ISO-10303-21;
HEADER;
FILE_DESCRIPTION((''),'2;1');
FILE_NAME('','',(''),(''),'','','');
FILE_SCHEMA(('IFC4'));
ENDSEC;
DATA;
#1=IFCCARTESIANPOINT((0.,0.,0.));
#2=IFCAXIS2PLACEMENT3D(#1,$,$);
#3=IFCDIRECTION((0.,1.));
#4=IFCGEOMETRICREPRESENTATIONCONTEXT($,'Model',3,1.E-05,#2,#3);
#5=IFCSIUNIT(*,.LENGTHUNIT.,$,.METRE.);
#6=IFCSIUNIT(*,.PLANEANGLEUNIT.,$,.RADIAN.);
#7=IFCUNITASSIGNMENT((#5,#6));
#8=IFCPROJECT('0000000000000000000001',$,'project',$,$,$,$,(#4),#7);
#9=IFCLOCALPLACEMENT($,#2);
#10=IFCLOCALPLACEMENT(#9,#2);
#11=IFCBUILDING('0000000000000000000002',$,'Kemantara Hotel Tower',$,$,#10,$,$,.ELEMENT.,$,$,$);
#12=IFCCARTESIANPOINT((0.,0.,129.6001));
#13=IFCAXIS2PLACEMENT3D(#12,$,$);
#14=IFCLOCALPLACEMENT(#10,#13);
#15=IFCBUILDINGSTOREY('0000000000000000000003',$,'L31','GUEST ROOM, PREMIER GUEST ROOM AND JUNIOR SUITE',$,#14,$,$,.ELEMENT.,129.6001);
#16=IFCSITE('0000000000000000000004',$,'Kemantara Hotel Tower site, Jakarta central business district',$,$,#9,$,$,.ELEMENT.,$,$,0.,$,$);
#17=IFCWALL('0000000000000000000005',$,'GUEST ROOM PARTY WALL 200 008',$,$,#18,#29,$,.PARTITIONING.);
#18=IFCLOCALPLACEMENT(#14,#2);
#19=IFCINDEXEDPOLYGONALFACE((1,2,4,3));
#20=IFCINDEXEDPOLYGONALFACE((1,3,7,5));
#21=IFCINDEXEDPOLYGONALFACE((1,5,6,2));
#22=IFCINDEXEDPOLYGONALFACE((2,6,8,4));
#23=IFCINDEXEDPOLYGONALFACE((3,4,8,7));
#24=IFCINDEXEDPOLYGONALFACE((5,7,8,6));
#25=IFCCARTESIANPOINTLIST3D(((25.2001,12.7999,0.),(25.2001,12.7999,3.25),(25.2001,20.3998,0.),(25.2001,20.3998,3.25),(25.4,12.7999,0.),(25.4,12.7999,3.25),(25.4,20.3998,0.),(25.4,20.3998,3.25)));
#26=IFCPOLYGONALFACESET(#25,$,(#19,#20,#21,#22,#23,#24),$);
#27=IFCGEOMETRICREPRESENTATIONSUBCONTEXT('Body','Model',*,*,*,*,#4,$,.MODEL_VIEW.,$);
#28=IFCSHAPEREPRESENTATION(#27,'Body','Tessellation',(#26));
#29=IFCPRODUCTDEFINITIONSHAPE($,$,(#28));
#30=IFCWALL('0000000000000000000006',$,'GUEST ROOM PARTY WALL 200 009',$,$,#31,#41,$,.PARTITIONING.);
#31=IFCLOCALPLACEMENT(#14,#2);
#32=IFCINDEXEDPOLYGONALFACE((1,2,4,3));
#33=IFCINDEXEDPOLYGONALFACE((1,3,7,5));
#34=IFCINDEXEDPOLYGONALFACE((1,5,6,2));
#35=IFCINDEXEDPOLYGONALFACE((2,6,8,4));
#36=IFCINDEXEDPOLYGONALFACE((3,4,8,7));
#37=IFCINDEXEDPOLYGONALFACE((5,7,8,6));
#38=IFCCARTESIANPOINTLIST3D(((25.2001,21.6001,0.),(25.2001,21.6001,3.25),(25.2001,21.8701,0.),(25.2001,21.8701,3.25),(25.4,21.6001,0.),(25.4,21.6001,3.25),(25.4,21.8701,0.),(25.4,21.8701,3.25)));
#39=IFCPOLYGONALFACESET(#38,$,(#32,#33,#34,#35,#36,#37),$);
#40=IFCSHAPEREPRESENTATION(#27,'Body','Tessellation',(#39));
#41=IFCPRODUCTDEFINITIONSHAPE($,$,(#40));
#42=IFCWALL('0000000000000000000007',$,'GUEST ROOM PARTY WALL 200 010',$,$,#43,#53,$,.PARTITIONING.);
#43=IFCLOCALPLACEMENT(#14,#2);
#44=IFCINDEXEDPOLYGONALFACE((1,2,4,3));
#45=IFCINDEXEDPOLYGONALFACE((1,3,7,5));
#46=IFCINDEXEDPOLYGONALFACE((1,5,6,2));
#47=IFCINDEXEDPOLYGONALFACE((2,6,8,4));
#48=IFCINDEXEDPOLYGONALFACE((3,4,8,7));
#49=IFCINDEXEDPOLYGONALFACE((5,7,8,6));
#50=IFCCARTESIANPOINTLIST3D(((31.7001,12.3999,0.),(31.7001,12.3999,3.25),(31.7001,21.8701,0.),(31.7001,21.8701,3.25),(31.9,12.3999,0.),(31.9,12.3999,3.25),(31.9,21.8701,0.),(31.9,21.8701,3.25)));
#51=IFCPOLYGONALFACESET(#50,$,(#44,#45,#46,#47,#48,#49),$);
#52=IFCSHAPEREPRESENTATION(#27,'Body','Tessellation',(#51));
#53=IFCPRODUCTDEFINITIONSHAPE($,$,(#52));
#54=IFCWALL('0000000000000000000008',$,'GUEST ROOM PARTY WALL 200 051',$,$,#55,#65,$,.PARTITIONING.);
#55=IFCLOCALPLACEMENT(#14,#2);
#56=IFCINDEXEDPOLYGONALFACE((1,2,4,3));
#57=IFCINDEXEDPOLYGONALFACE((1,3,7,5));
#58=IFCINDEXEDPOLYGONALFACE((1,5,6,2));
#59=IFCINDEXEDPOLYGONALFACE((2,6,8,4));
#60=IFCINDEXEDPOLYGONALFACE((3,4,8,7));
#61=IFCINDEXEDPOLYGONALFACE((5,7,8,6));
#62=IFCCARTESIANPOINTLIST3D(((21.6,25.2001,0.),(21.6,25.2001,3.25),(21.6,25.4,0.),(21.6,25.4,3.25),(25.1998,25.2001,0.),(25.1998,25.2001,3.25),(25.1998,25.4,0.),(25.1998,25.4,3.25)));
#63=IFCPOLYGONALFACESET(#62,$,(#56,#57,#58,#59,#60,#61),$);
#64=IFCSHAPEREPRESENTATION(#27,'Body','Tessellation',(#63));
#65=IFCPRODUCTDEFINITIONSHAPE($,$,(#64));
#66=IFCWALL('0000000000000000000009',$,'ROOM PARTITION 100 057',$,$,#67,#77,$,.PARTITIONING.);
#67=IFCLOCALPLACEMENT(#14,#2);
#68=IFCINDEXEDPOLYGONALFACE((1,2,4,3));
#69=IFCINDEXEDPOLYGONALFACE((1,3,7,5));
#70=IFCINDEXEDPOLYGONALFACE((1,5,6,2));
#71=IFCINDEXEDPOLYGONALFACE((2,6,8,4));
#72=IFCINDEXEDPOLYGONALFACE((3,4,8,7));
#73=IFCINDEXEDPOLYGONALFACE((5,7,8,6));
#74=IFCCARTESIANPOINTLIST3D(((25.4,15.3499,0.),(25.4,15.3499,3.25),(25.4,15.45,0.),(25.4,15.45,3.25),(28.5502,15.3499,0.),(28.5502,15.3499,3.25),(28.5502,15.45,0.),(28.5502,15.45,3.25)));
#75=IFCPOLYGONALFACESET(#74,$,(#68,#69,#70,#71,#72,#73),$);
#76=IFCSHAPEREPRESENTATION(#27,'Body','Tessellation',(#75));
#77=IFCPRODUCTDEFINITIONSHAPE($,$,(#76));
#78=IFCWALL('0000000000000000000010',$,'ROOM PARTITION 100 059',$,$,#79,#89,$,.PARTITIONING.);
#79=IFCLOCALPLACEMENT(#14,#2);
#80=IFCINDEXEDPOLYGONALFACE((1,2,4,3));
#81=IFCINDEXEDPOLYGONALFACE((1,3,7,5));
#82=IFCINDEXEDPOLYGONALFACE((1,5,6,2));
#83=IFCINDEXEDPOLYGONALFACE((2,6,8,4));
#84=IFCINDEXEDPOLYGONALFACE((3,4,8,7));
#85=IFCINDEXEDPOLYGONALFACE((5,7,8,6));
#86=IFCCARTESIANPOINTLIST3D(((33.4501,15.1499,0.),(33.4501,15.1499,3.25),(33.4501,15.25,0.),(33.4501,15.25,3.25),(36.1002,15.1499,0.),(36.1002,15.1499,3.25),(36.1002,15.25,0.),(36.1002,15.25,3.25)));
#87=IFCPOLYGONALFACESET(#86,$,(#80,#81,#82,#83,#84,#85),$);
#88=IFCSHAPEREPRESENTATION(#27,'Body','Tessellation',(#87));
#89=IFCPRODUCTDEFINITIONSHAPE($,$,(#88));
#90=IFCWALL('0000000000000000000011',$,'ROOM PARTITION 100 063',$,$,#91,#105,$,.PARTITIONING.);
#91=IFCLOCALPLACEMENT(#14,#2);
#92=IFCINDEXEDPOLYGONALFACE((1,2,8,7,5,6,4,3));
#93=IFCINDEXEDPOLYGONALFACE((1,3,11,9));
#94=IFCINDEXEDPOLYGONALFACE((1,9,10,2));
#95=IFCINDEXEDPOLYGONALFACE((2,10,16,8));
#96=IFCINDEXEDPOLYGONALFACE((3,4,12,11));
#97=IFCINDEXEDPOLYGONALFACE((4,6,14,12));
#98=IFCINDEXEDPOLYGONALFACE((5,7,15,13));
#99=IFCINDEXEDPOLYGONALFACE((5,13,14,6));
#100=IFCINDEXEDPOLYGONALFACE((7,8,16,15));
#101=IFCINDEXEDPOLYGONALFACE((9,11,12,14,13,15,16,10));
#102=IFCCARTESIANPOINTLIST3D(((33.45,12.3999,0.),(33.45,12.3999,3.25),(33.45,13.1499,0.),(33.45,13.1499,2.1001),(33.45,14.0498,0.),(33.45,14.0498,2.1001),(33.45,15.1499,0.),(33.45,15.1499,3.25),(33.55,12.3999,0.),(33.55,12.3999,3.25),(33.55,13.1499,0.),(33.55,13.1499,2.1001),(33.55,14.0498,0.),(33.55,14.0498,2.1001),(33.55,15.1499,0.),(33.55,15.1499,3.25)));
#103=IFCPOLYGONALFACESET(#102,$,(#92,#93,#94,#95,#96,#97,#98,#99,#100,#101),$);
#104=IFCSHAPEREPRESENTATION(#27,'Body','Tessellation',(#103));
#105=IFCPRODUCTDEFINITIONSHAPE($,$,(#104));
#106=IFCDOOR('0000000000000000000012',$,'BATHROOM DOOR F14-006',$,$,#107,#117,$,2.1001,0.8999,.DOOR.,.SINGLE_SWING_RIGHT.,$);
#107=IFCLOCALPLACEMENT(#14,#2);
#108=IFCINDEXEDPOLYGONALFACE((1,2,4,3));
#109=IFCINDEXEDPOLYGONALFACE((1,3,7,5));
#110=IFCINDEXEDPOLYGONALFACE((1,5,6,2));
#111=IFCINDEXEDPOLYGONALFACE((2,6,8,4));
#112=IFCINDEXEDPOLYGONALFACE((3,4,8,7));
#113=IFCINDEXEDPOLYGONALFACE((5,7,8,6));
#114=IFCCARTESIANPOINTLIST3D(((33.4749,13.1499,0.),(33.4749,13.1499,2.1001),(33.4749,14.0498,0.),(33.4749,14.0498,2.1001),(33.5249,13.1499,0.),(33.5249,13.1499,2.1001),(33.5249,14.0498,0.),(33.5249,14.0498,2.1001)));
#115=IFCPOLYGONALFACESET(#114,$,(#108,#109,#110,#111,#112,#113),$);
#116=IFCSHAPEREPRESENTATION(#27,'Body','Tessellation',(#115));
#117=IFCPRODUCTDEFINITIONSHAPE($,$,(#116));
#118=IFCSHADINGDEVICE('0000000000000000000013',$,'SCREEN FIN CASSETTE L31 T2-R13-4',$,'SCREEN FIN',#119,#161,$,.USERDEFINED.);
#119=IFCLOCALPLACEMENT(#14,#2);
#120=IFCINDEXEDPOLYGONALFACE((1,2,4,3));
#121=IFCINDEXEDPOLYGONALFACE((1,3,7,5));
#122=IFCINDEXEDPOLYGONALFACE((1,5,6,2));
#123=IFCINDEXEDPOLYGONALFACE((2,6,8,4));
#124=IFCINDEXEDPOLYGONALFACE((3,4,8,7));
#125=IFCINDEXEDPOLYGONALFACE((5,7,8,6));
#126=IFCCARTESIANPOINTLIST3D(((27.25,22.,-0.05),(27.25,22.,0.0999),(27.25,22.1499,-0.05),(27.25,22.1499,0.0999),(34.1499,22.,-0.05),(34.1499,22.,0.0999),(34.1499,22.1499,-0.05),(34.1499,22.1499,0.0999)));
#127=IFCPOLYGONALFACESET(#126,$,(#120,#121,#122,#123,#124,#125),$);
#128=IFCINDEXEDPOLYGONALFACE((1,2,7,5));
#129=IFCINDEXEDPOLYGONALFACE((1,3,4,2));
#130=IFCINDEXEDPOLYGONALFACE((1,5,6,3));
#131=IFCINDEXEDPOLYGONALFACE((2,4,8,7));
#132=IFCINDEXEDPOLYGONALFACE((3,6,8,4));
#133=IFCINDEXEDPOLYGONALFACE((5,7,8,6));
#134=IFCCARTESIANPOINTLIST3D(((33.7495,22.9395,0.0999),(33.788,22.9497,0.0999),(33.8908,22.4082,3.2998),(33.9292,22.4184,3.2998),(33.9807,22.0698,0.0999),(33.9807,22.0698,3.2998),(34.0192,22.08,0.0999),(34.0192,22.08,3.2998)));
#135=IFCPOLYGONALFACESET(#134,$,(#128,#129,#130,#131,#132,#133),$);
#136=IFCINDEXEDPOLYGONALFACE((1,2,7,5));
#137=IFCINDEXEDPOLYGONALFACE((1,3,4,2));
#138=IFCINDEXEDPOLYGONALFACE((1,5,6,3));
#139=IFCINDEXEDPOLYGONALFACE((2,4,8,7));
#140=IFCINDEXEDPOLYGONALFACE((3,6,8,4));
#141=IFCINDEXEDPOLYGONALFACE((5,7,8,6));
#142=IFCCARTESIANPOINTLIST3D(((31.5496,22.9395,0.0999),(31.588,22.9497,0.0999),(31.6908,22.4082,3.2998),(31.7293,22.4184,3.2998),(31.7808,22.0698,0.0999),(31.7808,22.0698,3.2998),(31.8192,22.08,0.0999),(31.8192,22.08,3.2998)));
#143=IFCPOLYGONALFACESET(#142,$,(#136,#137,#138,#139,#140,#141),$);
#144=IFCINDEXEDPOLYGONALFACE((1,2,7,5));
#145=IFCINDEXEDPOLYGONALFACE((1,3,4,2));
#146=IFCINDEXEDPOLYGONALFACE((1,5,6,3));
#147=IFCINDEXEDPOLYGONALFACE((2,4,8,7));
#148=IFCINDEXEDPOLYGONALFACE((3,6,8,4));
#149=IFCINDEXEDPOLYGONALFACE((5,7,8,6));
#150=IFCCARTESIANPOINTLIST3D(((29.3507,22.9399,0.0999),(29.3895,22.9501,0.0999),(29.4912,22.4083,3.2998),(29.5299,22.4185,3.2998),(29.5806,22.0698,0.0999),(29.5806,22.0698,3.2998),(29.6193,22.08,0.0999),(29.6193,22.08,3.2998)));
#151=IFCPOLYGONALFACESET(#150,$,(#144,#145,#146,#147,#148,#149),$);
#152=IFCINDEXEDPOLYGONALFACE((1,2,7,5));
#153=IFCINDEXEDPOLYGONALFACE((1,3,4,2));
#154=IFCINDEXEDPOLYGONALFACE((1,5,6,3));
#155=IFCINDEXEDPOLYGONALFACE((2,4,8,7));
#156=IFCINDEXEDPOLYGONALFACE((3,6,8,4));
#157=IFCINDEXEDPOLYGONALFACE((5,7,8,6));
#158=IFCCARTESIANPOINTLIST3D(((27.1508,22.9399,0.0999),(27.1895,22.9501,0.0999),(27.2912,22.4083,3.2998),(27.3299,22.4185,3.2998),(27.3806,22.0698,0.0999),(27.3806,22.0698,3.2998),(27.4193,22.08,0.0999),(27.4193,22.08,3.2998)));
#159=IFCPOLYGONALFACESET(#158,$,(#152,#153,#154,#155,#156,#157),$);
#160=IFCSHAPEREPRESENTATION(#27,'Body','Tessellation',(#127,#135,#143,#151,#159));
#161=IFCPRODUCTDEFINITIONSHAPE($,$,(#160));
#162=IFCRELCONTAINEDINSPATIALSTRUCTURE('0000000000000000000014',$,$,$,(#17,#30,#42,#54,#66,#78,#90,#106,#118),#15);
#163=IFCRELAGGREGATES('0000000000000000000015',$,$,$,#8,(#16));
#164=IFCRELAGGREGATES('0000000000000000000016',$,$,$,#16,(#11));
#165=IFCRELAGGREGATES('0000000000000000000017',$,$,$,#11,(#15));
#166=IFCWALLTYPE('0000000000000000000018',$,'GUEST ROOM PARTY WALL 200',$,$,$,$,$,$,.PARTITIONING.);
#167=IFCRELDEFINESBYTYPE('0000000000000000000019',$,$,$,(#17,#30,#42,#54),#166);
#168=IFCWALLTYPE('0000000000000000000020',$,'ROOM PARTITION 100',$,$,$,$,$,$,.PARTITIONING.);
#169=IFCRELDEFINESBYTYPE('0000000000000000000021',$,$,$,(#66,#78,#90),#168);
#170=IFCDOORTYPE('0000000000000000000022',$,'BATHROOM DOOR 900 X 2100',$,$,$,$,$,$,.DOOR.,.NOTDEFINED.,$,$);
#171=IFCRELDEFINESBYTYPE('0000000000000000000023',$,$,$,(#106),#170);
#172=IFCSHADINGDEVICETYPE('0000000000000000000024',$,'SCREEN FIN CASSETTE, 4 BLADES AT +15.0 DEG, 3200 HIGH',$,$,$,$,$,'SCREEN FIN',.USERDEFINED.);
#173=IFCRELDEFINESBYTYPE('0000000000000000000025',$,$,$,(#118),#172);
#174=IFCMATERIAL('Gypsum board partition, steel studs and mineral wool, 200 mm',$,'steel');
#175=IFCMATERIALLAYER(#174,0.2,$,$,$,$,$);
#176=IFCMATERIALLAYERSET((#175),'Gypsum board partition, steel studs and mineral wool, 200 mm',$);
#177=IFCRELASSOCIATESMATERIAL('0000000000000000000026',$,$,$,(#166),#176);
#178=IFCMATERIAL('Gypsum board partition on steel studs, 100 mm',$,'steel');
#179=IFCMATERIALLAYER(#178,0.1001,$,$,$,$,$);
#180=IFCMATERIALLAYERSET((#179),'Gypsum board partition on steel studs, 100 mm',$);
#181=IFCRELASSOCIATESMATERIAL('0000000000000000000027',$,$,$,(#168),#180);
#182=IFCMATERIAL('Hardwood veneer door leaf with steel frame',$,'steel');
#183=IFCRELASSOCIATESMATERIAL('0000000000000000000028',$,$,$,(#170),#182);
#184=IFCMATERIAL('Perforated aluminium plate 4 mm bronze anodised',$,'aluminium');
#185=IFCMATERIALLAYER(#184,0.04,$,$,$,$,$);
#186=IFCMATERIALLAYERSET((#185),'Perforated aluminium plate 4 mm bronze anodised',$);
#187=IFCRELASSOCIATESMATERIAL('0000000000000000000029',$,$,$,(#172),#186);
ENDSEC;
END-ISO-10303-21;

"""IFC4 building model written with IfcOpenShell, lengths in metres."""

from ifc_helpers import new_model, si_unit, direction, frame, frame_2d, origin, origin_2d, place, context, subcontext, project, spatial, polyline, rectangle, outline, extrude, source, transform, mapped, material, layer, layer_set, type_object, element, fill, save


model = new_model("IFC4")

# Units and contexts
model_context = context("Model", 3, precision=1e-05, world=origin(), true_north=direction((0.0, 1.0)))
body_context = subcontext(model_context, "Body", "Model", "MODEL_VIEW")
ifc_project = project(units=[si_unit("LENGTHUNIT", "METRE"), si_unit("PLANEANGLEUNIT", "RADIAN")], contexts=[model_context])

# Site, building, storey
site_placement = place(None, origin())
site = spatial("IfcSite", under=ifc_project, at=site_placement, Name="Kemantara Hotel Tower site, Jakarta central business district", CompositionType="ELEMENT", RefElevation=0.0)
building_placement = place(site_placement, origin())
building = spatial("IfcBuilding", under=site, at=building_placement, Name="Kemantara Hotel Tower", CompositionType="ELEMENT")
storey_placement = place(building_placement, frame((0.0, 0.0, 129.6001)))
storey = spatial("IfcBuildingStorey", under=building, at=storey_placement, Name="L31", Description="GUEST ROOM, PREMIER GUEST ROOM AND JUNIOR SUITE", CompositionType="ELEMENT", Elevation=129.6001)

# Walls
ifc_material_1 = material(Name="Gypsum board partition, steel studs and mineral wool, 200 mm", Category="steel")
ifc_layer_1 = layer(ifc_material_1, 0.2)
ifc_layer_set_1 = layer_set([ifc_layer_1], Name="Gypsum board partition, steel studs and mineral wool, 200 mm")
wall_type_1 = type_object("IfcWallType", Name="GUEST ROOM PARTY WALL 200", PredefinedType="PARTITIONING", material=ifc_layer_set_1)
wall_1_placement = place(storey_placement, frame((25.3, 12.8, 0.0), z_axis=(0.0, 0.0, 1.0), x_axis=(0.0, 1.0, 0.0)))
element("IfcWall", 1, at=wall_1_placement, inside=storey, type_object=wall_type_1, Name="GUEST ROOM PARTY WALL 200 008", PredefinedType="PARTITIONING", context=body_context, shape_type="SweptSolid", body=[
    extrude(rectangle(XDim=7.5999, YDim=0.2, at=frame_2d((3.7998, 0.0))), origin(), (0.0, 0.0, 1.0), 3.25),
])
wall_2_placement = place(storey_placement, frame((25.3, 21.6001, 0.0), z_axis=(0.0, 0.0, 1.0), x_axis=(0.0, 1.0, 0.0)))
element("IfcWall", 2, at=wall_2_placement, inside=storey, type_object=wall_type_1, Name="GUEST ROOM PARTY WALL 200 009", PredefinedType="PARTITIONING", context=body_context, shape_type="SweptSolid", body=[
    extrude(rectangle(XDim=0.27, YDim=0.2, at=frame_2d((0.135, 0.0))), origin(), (0.0, 0.0, 1.0), 3.25),
])
wall_3_placement = place(storey_placement, frame((31.8, 12.3999, 0.0), z_axis=(0.0, 0.0, 1.0), x_axis=(0.0, 1.0, 0.0)))
element("IfcWall", 3, at=wall_3_placement, inside=storey, type_object=wall_type_1, Name="GUEST ROOM PARTY WALL 200 010", PredefinedType="PARTITIONING", context=body_context, shape_type="SweptSolid", body=[
    extrude(rectangle(XDim=9.4702, YDim=0.2, at=frame_2d((4.7351, 0.0))), origin(), (0.0, 0.0, 1.0), 3.25),
])
wall_4_placement = place(storey_placement, frame((21.6001, 25.3, 0.0), z_axis=(0.0, 0.0, 1.0), x_axis=(1.0, 0.0, 0.0)))
element("IfcWall", 4, at=wall_4_placement, inside=storey, type_object=wall_type_1, Name="GUEST ROOM PARTY WALL 200 051", PredefinedType="PARTITIONING", context=body_context, shape_type="SweptSolid", body=[
    extrude(rectangle(XDim=3.5999, YDim=0.2, at=frame_2d((1.7998, 0.0))), origin(), (0.0, 0.0, 1.0), 3.25),
])
ifc_material_2 = material(Name="Gypsum board partition on steel studs, 100 mm", Category="steel")
ifc_layer_2 = layer(ifc_material_2, 0.1001)
ifc_layer_set_2 = layer_set([ifc_layer_2], Name="Gypsum board partition on steel studs, 100 mm")
wall_type_2 = type_object("IfcWallType", Name="ROOM PARTITION 100", PredefinedType="PARTITIONING", material=ifc_layer_set_2)
wall_5_placement = place(storey_placement, frame((25.3999, 15.3999, 0.0), z_axis=(0.0, 0.0, 1.0), x_axis=(1.0, 0.0, 0.0)))
element("IfcWall", 5, at=wall_5_placement, inside=storey, type_object=wall_type_2, Name="ROOM PARTITION 100 057", PredefinedType="PARTITIONING", context=body_context, shape_type="SweptSolid", body=[
    extrude(rectangle(XDim=3.1501, YDim=0.1001, at=frame_2d((1.5752, 0.0))), origin(), (0.0, 0.0, 1.0), 3.25),
])
wall_6_placement = place(storey_placement, frame((33.45, 15.2, 0.0), z_axis=(0.0, 0.0, 1.0), x_axis=(1.0, 0.0, 0.0)))
element("IfcWall", 6, at=wall_6_placement, inside=storey, type_object=wall_type_2, Name="ROOM PARTITION 100 059", PredefinedType="PARTITIONING", context=body_context, shape_type="SweptSolid", body=[
    extrude(rectangle(XDim=2.6501, YDim=0.1001, at=frame_2d((1.3252, 0.0))), origin(), (0.0, 0.0, 1.0), 3.25),
])

# Wall, opening, door
wall_7_placement = place(storey_placement, frame((33.5, 15.1499, 0.0), z_axis=(0.0, 0.0, 1.0), x_axis=(0.0, -1.0, 0.0)))
wall_7 = element("IfcWall", 7, at=wall_7_placement, inside=storey, type_object=wall_type_2, Name="ROOM PARTITION 100 063", PredefinedType="PARTITIONING", context=body_context, shape_type="SweptSolid", body=[
    extrude(rectangle(XDim=2.75, YDim=0.1001, at=frame_2d((1.375, 0.0))), origin(), (0.0, 0.0, 1.0), 3.25),
])
opening_placement = place(wall_7_placement, frame((1.1001, 0.0, 0.0)))
opening = element("IfcOpeningElement", 8, at=opening_placement, cuts=wall_7, PredefinedType="OPENING", context=body_context, shape_type="SweptSolid", body=[
    extrude(rectangle(XDim=0.8999, YDim=2.1001, at=frame_2d((0.45, 1.05))), frame((0.0, 0.0601, 0.0), z_axis=(0.0, -1.0, 0.0), x_axis=(1.0, 0.0, 0.0)), (0.0, 0.0, 1.0), 0.1201),
])
ifc_material_3 = material(Name="Hardwood veneer door leaf with steel frame", Category="steel")
door_type = type_object("IfcDoorType", Name="BATHROOM DOOR 900 X 2100", OperationType="NOTDEFINED", PredefinedType="DOOR", material=ifc_material_3)
door_placement = place(opening_placement, origin())
door = element("IfcDoor", 9, at=door_placement, inside=storey, type_object=door_type, Name="BATHROOM DOOR F14-006", OperationType="SINGLE_SWING_RIGHT", OverallHeight=2.1001, OverallWidth=0.8999, PredefinedType="DOOR", context=body_context, shape_type="SweptSolid", body=[
    extrude(rectangle(XDim=0.8999, YDim=2.1001, at=frame_2d((0.45, 1.05))), frame((0.0, 0.0249, 0.0), z_axis=(0.0, -1.0, 0.0), x_axis=(1.0, 0.0, 0.0)), (0.0, 0.0, 1.0), 0.05),
])
fill(opening, door)

# Shading device
ifc_material_4 = material(Name="Perforated aluminium plate 4 mm bronze anodised", Category="aluminium")
ifc_layer_3 = layer(ifc_material_4, 0.04)
ifc_layer_set_3 = layer_set([ifc_layer_3], Name="Perforated aluminium plate 4 mm bronze anodised")
shading_device_type_1 = type_object("IfcShadingDeviceType", Name="SCREEN FIN CASSETTE, 4 BLADES AT +15.0 DEG, 3200 HIGH", ElementType="SCREEN FIN", PredefinedType="USERDEFINED", material=ifc_layer_set_3)
shared_shape_1 = source(origin(), body_context, "Body", "SweptSolid", [
    extrude(rectangle(XDim=6.8999, YDim=0.1499, at=origin_2d()), frame((3.3, -0.075, -0.1499), z_axis=(0.0, 0.0, 1.0), x_axis=(1.0, 0.0, 0.0)), (0.0, 0.0, 1.0), 0.1499),
    extrude(outline(polyline([(0.0, 0.0), (0.8999, 0.0), (0.3501, 3.2), (0.0, 3.2), (0.0, 0.0)])), frame((0.0193, -0.0698, 0.0), z_axis=(-0.966438, -0.256901, 0.0), x_axis=(0.256901, -0.966438, 0.0)), (0.0, 0.0, 1.0), 0.0398),
    extrude(outline(polyline([(0.0, 0.0), (0.8999, 0.0), (0.3501, 3.2), (0.0, 3.2), (0.0, 0.0)])), frame((2.2192, -0.0698, 0.0), z_axis=(-0.966438, -0.256901, 0.0), x_axis=(0.256901, -0.966438, 0.0)), (0.0, 0.0, 1.0), 0.0398),
    extrude(outline(polyline([(0.0, 0.0), (0.8999, 0.0), (0.3501, 3.2), (0.0, 3.2), (0.0, 0.0)])), frame((4.4194, -0.0698, 0.0), z_axis=(-0.966838, -0.255391, 0.0), x_axis=(0.255391, -0.966838, 0.0)), (0.0, 0.0, 1.0), 0.04),
    extrude(outline(polyline([(0.0, 0.0), (0.8999, 0.0), (0.3501, 3.2), (0.0, 3.2), (0.0, 0.0)])), frame((6.6194, -0.0698, 0.0), z_axis=(-0.966838, -0.255391, 0.0), x_axis=(0.255391, -0.966838, 0.0)), (0.0, 0.0, 1.0), 0.04),
])
shading_device_1_placement = place(storey_placement, frame((34.0, 22.0, 0.0999), z_axis=(0.0, 0.0, 1.0), x_axis=(-1.0, 0.0, 0.0)))
element("IfcShadingDevice", 10, at=shading_device_1_placement, inside=storey, type_object=shading_device_type_1, Name="SCREEN FIN CASSETTE L31 T2-R13-4", ObjectType="SCREEN FIN", PredefinedType="USERDEFINED", context=body_context, shape_type="MappedRepresentation", body=[
    mapped(shared_shape_1, transform((0.0, 0.0, 0.0))),
])

save(model, "model.ifc")
